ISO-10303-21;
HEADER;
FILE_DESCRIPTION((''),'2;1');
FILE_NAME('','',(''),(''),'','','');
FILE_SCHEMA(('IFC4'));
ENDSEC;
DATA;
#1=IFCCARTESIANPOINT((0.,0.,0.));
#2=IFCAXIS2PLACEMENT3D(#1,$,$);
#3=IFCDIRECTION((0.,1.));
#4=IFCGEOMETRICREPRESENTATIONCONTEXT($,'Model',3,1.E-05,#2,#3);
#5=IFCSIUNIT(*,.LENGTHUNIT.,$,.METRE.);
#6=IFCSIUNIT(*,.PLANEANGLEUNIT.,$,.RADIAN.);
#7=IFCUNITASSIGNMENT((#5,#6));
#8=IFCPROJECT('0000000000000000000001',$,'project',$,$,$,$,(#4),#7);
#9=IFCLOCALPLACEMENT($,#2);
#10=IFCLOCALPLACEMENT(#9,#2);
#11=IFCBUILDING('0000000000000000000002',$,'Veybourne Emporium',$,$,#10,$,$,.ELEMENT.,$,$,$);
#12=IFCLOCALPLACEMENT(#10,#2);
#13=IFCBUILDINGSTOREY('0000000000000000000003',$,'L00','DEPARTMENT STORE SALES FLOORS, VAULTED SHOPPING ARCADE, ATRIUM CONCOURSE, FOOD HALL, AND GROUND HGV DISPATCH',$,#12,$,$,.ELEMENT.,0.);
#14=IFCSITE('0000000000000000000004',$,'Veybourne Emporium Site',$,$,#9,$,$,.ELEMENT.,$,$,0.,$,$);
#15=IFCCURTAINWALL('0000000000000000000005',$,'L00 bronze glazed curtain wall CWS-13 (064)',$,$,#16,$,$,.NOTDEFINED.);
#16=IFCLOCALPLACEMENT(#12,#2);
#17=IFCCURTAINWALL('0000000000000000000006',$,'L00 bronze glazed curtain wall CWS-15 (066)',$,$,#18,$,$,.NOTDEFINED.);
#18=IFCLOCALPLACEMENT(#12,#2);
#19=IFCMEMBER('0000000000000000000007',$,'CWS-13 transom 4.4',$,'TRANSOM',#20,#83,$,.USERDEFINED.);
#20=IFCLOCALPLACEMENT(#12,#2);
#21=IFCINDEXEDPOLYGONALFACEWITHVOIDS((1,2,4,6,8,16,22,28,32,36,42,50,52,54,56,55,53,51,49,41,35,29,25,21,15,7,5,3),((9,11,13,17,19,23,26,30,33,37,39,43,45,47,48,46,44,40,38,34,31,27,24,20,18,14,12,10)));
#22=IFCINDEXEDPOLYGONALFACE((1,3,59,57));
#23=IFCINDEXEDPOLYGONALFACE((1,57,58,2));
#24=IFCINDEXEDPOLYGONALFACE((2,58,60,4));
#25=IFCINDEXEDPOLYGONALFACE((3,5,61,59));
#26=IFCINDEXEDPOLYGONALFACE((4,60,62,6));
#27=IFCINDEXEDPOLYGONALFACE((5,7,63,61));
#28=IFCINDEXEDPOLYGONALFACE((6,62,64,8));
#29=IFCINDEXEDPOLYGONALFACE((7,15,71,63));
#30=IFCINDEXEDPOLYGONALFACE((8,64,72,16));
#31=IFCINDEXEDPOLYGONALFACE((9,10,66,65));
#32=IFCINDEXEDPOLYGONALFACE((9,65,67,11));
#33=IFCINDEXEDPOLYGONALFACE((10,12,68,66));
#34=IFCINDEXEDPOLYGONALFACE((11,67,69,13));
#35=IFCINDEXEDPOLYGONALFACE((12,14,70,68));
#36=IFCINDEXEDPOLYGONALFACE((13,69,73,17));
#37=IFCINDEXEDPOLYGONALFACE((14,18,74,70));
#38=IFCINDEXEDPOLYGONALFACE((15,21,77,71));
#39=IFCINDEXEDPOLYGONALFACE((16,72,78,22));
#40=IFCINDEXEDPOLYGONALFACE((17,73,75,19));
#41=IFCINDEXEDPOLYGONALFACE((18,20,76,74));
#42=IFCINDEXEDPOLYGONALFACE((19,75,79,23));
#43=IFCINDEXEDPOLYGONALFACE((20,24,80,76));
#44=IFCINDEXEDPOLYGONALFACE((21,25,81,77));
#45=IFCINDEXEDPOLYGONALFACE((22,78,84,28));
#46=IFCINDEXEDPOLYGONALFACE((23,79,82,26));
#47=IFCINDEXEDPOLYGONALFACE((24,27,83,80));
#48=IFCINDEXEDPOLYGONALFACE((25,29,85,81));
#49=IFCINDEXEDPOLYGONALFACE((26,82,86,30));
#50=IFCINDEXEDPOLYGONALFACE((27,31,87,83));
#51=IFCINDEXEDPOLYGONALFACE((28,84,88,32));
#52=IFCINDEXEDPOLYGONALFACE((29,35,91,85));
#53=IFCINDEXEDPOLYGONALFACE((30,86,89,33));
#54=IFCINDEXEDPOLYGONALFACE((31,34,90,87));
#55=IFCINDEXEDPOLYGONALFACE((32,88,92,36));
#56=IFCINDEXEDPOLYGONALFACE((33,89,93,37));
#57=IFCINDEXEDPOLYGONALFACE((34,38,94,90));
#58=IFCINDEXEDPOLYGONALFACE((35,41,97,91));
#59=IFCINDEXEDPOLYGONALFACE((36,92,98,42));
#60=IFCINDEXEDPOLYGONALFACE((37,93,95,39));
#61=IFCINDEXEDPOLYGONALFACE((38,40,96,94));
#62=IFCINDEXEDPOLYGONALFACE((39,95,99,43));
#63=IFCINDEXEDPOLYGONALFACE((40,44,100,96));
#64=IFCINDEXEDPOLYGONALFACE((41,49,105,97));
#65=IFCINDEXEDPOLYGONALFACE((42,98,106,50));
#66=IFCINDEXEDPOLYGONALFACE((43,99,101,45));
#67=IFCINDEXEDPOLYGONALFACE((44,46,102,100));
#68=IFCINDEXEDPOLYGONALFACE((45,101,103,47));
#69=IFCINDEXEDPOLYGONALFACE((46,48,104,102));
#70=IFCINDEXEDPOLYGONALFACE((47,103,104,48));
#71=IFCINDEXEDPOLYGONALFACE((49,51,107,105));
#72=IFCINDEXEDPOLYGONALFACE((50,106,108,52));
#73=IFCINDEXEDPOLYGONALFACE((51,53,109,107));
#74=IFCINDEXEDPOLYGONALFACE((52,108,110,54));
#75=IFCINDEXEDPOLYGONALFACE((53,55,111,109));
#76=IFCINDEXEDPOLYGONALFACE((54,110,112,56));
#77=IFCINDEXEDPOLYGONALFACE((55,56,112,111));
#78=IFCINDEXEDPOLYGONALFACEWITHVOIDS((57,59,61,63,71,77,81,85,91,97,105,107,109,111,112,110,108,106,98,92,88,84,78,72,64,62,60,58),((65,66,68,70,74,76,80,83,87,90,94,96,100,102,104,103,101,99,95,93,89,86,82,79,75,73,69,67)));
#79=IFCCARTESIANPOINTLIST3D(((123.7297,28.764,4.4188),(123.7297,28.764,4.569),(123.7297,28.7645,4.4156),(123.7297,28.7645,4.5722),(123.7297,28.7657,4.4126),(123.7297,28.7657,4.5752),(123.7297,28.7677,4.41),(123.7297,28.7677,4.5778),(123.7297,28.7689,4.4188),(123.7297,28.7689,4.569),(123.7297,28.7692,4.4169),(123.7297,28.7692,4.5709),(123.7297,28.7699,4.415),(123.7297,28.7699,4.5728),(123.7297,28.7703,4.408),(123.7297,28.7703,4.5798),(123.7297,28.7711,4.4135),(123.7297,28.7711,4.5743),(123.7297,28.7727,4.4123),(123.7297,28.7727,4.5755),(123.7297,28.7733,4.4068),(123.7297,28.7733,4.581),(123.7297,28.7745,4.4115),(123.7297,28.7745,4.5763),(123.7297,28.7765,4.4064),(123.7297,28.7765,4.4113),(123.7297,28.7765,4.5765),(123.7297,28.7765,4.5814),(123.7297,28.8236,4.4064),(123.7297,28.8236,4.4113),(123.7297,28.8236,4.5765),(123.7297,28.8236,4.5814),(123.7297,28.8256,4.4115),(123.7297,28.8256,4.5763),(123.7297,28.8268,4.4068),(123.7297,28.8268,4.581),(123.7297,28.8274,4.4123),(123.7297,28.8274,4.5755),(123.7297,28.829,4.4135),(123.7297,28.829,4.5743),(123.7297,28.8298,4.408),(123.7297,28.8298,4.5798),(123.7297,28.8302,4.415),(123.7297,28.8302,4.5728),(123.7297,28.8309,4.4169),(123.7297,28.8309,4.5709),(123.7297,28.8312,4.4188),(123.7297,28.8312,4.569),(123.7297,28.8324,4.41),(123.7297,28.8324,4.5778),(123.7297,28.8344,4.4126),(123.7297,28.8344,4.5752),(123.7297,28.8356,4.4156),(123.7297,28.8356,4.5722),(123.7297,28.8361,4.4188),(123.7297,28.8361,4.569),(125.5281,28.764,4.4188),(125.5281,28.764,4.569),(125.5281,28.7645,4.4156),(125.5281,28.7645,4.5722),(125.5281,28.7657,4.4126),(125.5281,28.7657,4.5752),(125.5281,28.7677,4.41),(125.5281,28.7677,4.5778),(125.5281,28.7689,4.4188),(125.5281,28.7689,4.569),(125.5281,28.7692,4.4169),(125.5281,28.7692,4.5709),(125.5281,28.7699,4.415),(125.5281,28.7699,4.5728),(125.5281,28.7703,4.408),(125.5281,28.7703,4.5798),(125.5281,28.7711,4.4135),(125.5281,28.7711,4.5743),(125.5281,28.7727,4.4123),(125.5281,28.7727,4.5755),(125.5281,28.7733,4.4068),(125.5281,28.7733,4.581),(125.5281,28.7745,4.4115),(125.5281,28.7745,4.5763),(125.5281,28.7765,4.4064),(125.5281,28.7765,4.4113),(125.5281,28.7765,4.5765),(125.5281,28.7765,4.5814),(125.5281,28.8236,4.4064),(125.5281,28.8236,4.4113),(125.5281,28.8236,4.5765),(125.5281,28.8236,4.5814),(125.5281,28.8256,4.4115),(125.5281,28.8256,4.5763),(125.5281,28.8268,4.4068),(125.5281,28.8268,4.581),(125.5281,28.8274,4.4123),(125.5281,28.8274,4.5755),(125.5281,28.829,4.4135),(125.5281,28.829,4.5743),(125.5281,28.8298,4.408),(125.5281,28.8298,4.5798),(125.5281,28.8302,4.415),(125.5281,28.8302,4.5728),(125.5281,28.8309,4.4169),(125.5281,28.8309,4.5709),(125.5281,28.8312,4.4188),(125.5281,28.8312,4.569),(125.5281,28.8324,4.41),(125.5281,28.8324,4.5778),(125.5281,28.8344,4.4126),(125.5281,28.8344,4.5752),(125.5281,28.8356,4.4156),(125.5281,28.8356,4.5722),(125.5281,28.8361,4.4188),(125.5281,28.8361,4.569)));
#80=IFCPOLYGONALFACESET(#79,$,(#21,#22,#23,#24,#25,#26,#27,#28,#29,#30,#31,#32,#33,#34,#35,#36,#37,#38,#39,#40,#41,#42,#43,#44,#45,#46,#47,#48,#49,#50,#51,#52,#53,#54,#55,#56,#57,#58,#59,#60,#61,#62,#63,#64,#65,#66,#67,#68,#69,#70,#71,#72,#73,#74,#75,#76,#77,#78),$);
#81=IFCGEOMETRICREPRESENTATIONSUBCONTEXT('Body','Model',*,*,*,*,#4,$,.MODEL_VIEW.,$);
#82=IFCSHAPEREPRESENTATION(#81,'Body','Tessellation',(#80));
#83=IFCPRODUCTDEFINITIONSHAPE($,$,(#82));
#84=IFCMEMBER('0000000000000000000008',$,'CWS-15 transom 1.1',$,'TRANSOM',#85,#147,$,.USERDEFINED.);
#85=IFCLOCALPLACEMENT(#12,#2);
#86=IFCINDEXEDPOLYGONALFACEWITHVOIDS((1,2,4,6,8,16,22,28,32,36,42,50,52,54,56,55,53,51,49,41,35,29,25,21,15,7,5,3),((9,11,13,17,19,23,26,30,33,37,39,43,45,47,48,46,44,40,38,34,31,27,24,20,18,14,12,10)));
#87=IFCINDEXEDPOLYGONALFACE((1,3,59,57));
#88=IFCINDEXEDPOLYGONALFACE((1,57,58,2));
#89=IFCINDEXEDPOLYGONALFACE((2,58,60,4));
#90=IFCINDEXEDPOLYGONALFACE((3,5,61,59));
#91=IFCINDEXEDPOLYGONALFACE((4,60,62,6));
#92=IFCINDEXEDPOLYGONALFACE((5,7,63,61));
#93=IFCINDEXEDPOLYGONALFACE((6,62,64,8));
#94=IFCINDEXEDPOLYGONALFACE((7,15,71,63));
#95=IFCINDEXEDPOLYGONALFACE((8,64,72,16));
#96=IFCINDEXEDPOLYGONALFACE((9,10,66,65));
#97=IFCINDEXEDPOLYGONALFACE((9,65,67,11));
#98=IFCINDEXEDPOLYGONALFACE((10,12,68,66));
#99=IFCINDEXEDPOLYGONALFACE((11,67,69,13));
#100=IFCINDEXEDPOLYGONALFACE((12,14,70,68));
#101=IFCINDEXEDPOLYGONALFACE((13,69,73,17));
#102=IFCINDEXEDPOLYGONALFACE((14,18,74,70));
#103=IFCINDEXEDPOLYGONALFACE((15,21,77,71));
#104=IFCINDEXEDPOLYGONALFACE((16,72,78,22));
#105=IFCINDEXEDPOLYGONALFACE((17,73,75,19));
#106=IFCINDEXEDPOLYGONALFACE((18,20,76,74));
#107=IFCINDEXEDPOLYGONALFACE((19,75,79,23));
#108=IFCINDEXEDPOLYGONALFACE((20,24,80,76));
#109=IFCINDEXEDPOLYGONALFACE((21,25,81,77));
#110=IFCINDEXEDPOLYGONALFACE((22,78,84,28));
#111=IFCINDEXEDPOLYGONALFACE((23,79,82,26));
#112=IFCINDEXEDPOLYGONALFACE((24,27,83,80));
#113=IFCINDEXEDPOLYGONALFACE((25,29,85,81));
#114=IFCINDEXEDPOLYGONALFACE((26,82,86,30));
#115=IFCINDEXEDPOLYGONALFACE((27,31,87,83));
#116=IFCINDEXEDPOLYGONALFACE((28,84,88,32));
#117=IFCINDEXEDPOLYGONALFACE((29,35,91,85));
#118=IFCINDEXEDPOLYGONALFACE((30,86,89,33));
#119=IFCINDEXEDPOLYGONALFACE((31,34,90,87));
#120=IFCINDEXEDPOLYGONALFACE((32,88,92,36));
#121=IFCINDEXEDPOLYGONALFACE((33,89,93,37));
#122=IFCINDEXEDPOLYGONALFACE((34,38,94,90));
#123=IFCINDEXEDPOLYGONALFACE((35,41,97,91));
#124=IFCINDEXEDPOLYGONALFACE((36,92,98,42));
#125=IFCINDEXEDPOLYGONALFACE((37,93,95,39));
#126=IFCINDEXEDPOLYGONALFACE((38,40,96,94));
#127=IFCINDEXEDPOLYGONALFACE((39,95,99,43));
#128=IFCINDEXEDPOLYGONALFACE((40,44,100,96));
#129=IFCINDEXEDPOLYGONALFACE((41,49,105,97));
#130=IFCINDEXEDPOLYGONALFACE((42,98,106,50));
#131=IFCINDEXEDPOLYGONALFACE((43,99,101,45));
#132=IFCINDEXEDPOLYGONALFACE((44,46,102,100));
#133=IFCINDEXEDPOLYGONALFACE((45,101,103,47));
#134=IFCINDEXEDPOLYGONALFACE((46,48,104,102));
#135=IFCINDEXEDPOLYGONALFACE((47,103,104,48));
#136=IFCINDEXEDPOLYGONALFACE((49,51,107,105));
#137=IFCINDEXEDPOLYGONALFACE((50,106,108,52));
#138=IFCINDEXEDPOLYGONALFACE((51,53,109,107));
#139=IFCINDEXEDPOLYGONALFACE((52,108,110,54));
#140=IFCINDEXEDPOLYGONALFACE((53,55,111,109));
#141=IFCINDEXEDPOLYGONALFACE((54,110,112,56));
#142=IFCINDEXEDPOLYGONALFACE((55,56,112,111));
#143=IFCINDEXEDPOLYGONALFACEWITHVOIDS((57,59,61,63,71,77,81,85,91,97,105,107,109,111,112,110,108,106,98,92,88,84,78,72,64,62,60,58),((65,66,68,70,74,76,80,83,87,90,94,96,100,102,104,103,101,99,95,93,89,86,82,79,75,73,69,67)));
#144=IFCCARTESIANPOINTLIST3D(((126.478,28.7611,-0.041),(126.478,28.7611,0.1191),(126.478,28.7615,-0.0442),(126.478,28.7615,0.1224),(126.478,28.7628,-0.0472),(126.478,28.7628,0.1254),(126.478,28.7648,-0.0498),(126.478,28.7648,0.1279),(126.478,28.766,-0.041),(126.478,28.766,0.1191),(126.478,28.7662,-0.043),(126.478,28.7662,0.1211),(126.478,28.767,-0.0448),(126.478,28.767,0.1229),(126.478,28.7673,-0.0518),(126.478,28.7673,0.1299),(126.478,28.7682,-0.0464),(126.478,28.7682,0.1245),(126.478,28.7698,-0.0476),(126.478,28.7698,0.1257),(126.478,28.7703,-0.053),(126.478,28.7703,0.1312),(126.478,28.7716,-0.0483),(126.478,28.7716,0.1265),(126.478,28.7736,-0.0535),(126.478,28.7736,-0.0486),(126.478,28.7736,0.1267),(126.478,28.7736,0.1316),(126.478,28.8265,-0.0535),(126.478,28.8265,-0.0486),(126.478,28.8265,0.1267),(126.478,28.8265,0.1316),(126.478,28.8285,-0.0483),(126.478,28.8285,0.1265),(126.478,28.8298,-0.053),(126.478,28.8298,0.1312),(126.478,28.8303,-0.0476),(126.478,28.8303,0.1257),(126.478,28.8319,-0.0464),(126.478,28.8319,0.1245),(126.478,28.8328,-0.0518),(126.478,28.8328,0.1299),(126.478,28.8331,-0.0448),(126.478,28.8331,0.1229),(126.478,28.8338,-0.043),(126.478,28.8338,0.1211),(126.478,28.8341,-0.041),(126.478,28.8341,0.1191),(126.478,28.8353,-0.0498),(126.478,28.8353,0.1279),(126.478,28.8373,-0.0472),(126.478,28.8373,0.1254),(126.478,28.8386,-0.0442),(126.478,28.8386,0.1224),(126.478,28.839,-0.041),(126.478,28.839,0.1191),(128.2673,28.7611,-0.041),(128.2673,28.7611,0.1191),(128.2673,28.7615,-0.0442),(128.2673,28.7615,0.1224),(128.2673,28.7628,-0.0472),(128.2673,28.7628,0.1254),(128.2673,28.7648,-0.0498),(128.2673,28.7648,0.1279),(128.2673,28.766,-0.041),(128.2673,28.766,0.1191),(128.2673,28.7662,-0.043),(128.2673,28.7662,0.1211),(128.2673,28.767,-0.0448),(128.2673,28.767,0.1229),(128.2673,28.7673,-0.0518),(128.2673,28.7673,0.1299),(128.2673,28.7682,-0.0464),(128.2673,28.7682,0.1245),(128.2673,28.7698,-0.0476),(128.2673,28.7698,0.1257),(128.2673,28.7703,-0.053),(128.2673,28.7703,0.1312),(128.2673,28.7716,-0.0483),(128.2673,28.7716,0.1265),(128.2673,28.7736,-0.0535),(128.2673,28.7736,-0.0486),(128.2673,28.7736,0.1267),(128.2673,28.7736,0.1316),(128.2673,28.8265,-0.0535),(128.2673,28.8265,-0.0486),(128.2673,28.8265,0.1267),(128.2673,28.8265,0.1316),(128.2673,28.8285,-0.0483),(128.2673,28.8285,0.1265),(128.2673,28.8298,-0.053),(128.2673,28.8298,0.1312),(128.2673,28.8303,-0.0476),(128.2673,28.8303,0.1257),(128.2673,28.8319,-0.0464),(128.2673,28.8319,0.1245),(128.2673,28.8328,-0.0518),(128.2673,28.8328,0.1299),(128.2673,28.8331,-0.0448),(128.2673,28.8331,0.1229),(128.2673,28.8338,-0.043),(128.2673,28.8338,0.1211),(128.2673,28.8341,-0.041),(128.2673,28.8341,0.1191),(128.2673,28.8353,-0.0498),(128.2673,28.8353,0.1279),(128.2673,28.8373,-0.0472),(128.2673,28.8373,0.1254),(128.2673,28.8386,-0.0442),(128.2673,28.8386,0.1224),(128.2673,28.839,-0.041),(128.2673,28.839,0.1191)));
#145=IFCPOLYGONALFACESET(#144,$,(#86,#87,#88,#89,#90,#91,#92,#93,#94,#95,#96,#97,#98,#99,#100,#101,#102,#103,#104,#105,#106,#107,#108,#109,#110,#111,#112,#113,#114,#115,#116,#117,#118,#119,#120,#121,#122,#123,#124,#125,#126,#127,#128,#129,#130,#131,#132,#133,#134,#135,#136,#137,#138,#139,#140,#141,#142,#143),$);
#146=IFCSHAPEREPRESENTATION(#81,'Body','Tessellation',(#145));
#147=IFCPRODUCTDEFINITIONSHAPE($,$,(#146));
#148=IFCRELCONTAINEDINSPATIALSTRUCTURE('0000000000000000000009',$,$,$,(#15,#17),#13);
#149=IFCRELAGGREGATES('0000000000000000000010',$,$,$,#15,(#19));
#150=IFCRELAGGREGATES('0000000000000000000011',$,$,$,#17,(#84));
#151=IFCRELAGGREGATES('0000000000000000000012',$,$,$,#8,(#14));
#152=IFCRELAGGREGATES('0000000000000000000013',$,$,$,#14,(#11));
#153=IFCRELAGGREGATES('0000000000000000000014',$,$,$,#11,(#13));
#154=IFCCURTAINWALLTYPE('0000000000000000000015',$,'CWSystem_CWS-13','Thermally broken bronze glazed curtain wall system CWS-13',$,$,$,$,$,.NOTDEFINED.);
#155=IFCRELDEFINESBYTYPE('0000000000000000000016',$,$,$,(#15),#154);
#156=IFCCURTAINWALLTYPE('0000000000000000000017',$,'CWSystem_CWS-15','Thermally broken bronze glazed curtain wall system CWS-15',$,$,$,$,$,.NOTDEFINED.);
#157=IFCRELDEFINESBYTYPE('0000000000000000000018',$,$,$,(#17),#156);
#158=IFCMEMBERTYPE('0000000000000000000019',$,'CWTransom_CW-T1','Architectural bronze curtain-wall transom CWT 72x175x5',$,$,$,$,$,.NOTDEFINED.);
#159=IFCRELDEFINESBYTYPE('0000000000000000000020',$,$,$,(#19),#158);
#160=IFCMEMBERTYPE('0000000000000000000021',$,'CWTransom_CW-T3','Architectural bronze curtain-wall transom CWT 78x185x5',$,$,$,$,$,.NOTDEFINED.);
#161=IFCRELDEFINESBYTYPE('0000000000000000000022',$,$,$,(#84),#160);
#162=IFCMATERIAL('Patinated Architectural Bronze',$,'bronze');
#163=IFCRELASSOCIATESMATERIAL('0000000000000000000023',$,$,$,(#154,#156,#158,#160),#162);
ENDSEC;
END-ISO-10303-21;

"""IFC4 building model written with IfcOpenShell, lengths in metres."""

from ifc_helpers import new_model, si_unit, direction, frame, origin, origin_2d, place, context, subcontext, project, spatial, hollow_rectangle, extrude, material, material_profile, profile_set, type_object, element, aggregate, save


model = new_model("IFC4")

# Units and contexts
model_context = context("Model", 3, precision=1e-05, world=origin(), true_north=direction((0.0, 1.0)))
body_context = subcontext(model_context, "Body", "Model", "MODEL_VIEW")
ifc_project = project(units=[si_unit("LENGTHUNIT", "METRE"), si_unit("PLANEANGLEUNIT", "RADIAN")], contexts=[model_context])

# Site, building, storey
site_placement = place(None, origin())
site = spatial("IfcSite", under=ifc_project, at=site_placement, Name="Veybourne Emporium Site", CompositionType="ELEMENT", RefElevation=0.0)
building_placement = place(site_placement, origin())
building = spatial("IfcBuilding", under=site, at=building_placement, Name="Veybourne Emporium", CompositionType="ELEMENT")
storey_placement = place(building_placement, origin())
storey = spatial("IfcBuildingStorey", under=building, at=storey_placement, Name="L00", Description="DEPARTMENT STORE SALES FLOORS, VAULTED SHOPPING ARCADE, ATRIUM CONCOURSE, FOOD HALL, AND GROUND HGV DISPATCH", CompositionType="ELEMENT", Elevation=0.0)

# Curtain wall
ifc_material_1 = material(Name="Patinated Architectural Bronze", Category="bronze")
curtain_wall_type_1 = type_object("IfcCurtainWallType", Name="CWSystem_CWS-13", Description="Thermally broken bronze glazed curtain wall system CWS-13", PredefinedType="NOTDEFINED", material=ifc_material_1)
curtain_wall_1_placement = place(storey_placement, origin())
curtain_wall_1 = element("IfcCurtainWall", 1, at=curtain_wall_1_placement, inside=storey, type_object=curtain_wall_type_1, Name="L00 bronze glazed curtain wall CWS-13 (064)", PredefinedType="NOTDEFINED")

# Curtain wall
curtain_wall_type_2 = type_object("IfcCurtainWallType", Name="CWSystem_CWS-15", Description="Thermally broken bronze glazed curtain wall system CWS-15", PredefinedType="NOTDEFINED", material=ifc_material_1)
curtain_wall_2_placement = place(storey_placement, origin())
curtain_wall_2 = element("IfcCurtainWall", 2, at=curtain_wall_2_placement, inside=storey, type_object=curtain_wall_type_2, Name="L00 bronze glazed curtain wall CWS-15 (066)", PredefinedType="NOTDEFINED")

# Members
ifc_material_profile_1 = material_profile(ifc_material_1, hollow_rectangle(XDim=0.072, YDim=0.175, WallThickness=0.0049, InnerFilletRadius=0.0076, OuterFilletRadius=0.0125, at=origin_2d()), Name="CWT 72x175x5")
ifc_profile_set_1 = profile_set([ifc_material_profile_1], Name="Patinated Architectural Bronze")
member_type_1 = type_object("IfcMemberType", Name="CWTransom_CW-T1", Description="Architectural bronze curtain-wall transom CWT 72x175x5", PredefinedType="NOTDEFINED", material=ifc_profile_set_1)
member_1_placement = place(storey_placement, frame((123.7297, 28.8, 4.4939), z_axis=(1.0, 0.0, 0.0), x_axis=(0.0, 1.0, 0.0)))
member_1 = element("IfcMember", 3, at=member_1_placement, type_object=member_type_1, Name="CWS-13 transom 4.4", ObjectType="TRANSOM", PredefinedType="USERDEFINED", context=body_context, shape_type="SweptSolid", body=[
    extrude(hollow_rectangle(XDim=0.072, YDim=0.175, WallThickness=0.0049, InnerFilletRadius=0.0076, OuterFilletRadius=0.0125, at=origin_2d()), origin(), (0.0, 0.0, 1.0), 1.7983),
])
ifc_material_profile_2 = material_profile(ifc_material_1, hollow_rectangle(XDim=0.0779, YDim=0.1851, WallThickness=0.0049, InnerFilletRadius=0.0076, OuterFilletRadius=0.0125, at=origin_2d()), Name="CWT 78x185x5")
ifc_profile_set_2 = profile_set([ifc_material_profile_2], Name="Patinated Architectural Bronze")
member_type_2 = type_object("IfcMemberType", Name="CWTransom_CW-T3", Description="Architectural bronze curtain-wall transom CWT 78x185x5", PredefinedType="NOTDEFINED", material=ifc_profile_set_2)
member_2_placement = place(storey_placement, frame((126.478, 28.8, 0.0391), z_axis=(1.0, 0.0, 0.0), x_axis=(0.0, 1.0, 0.0)))
member_2 = element("IfcMember", 4, at=member_2_placement, type_object=member_type_2, Name="CWS-15 transom 1.1", ObjectType="TRANSOM", PredefinedType="USERDEFINED", context=body_context, shape_type="SweptSolid", body=[
    extrude(hollow_rectangle(XDim=0.0779, YDim=0.1851, WallThickness=0.0049, InnerFilletRadius=0.0076, OuterFilletRadius=0.0125, at=origin_2d()), origin(), (0.0, 0.0, 1.0), 1.7893),
])

aggregate(curtain_wall_1, [member_1])
aggregate(curtain_wall_2, [member_2])

save(model, "model.ifc")
